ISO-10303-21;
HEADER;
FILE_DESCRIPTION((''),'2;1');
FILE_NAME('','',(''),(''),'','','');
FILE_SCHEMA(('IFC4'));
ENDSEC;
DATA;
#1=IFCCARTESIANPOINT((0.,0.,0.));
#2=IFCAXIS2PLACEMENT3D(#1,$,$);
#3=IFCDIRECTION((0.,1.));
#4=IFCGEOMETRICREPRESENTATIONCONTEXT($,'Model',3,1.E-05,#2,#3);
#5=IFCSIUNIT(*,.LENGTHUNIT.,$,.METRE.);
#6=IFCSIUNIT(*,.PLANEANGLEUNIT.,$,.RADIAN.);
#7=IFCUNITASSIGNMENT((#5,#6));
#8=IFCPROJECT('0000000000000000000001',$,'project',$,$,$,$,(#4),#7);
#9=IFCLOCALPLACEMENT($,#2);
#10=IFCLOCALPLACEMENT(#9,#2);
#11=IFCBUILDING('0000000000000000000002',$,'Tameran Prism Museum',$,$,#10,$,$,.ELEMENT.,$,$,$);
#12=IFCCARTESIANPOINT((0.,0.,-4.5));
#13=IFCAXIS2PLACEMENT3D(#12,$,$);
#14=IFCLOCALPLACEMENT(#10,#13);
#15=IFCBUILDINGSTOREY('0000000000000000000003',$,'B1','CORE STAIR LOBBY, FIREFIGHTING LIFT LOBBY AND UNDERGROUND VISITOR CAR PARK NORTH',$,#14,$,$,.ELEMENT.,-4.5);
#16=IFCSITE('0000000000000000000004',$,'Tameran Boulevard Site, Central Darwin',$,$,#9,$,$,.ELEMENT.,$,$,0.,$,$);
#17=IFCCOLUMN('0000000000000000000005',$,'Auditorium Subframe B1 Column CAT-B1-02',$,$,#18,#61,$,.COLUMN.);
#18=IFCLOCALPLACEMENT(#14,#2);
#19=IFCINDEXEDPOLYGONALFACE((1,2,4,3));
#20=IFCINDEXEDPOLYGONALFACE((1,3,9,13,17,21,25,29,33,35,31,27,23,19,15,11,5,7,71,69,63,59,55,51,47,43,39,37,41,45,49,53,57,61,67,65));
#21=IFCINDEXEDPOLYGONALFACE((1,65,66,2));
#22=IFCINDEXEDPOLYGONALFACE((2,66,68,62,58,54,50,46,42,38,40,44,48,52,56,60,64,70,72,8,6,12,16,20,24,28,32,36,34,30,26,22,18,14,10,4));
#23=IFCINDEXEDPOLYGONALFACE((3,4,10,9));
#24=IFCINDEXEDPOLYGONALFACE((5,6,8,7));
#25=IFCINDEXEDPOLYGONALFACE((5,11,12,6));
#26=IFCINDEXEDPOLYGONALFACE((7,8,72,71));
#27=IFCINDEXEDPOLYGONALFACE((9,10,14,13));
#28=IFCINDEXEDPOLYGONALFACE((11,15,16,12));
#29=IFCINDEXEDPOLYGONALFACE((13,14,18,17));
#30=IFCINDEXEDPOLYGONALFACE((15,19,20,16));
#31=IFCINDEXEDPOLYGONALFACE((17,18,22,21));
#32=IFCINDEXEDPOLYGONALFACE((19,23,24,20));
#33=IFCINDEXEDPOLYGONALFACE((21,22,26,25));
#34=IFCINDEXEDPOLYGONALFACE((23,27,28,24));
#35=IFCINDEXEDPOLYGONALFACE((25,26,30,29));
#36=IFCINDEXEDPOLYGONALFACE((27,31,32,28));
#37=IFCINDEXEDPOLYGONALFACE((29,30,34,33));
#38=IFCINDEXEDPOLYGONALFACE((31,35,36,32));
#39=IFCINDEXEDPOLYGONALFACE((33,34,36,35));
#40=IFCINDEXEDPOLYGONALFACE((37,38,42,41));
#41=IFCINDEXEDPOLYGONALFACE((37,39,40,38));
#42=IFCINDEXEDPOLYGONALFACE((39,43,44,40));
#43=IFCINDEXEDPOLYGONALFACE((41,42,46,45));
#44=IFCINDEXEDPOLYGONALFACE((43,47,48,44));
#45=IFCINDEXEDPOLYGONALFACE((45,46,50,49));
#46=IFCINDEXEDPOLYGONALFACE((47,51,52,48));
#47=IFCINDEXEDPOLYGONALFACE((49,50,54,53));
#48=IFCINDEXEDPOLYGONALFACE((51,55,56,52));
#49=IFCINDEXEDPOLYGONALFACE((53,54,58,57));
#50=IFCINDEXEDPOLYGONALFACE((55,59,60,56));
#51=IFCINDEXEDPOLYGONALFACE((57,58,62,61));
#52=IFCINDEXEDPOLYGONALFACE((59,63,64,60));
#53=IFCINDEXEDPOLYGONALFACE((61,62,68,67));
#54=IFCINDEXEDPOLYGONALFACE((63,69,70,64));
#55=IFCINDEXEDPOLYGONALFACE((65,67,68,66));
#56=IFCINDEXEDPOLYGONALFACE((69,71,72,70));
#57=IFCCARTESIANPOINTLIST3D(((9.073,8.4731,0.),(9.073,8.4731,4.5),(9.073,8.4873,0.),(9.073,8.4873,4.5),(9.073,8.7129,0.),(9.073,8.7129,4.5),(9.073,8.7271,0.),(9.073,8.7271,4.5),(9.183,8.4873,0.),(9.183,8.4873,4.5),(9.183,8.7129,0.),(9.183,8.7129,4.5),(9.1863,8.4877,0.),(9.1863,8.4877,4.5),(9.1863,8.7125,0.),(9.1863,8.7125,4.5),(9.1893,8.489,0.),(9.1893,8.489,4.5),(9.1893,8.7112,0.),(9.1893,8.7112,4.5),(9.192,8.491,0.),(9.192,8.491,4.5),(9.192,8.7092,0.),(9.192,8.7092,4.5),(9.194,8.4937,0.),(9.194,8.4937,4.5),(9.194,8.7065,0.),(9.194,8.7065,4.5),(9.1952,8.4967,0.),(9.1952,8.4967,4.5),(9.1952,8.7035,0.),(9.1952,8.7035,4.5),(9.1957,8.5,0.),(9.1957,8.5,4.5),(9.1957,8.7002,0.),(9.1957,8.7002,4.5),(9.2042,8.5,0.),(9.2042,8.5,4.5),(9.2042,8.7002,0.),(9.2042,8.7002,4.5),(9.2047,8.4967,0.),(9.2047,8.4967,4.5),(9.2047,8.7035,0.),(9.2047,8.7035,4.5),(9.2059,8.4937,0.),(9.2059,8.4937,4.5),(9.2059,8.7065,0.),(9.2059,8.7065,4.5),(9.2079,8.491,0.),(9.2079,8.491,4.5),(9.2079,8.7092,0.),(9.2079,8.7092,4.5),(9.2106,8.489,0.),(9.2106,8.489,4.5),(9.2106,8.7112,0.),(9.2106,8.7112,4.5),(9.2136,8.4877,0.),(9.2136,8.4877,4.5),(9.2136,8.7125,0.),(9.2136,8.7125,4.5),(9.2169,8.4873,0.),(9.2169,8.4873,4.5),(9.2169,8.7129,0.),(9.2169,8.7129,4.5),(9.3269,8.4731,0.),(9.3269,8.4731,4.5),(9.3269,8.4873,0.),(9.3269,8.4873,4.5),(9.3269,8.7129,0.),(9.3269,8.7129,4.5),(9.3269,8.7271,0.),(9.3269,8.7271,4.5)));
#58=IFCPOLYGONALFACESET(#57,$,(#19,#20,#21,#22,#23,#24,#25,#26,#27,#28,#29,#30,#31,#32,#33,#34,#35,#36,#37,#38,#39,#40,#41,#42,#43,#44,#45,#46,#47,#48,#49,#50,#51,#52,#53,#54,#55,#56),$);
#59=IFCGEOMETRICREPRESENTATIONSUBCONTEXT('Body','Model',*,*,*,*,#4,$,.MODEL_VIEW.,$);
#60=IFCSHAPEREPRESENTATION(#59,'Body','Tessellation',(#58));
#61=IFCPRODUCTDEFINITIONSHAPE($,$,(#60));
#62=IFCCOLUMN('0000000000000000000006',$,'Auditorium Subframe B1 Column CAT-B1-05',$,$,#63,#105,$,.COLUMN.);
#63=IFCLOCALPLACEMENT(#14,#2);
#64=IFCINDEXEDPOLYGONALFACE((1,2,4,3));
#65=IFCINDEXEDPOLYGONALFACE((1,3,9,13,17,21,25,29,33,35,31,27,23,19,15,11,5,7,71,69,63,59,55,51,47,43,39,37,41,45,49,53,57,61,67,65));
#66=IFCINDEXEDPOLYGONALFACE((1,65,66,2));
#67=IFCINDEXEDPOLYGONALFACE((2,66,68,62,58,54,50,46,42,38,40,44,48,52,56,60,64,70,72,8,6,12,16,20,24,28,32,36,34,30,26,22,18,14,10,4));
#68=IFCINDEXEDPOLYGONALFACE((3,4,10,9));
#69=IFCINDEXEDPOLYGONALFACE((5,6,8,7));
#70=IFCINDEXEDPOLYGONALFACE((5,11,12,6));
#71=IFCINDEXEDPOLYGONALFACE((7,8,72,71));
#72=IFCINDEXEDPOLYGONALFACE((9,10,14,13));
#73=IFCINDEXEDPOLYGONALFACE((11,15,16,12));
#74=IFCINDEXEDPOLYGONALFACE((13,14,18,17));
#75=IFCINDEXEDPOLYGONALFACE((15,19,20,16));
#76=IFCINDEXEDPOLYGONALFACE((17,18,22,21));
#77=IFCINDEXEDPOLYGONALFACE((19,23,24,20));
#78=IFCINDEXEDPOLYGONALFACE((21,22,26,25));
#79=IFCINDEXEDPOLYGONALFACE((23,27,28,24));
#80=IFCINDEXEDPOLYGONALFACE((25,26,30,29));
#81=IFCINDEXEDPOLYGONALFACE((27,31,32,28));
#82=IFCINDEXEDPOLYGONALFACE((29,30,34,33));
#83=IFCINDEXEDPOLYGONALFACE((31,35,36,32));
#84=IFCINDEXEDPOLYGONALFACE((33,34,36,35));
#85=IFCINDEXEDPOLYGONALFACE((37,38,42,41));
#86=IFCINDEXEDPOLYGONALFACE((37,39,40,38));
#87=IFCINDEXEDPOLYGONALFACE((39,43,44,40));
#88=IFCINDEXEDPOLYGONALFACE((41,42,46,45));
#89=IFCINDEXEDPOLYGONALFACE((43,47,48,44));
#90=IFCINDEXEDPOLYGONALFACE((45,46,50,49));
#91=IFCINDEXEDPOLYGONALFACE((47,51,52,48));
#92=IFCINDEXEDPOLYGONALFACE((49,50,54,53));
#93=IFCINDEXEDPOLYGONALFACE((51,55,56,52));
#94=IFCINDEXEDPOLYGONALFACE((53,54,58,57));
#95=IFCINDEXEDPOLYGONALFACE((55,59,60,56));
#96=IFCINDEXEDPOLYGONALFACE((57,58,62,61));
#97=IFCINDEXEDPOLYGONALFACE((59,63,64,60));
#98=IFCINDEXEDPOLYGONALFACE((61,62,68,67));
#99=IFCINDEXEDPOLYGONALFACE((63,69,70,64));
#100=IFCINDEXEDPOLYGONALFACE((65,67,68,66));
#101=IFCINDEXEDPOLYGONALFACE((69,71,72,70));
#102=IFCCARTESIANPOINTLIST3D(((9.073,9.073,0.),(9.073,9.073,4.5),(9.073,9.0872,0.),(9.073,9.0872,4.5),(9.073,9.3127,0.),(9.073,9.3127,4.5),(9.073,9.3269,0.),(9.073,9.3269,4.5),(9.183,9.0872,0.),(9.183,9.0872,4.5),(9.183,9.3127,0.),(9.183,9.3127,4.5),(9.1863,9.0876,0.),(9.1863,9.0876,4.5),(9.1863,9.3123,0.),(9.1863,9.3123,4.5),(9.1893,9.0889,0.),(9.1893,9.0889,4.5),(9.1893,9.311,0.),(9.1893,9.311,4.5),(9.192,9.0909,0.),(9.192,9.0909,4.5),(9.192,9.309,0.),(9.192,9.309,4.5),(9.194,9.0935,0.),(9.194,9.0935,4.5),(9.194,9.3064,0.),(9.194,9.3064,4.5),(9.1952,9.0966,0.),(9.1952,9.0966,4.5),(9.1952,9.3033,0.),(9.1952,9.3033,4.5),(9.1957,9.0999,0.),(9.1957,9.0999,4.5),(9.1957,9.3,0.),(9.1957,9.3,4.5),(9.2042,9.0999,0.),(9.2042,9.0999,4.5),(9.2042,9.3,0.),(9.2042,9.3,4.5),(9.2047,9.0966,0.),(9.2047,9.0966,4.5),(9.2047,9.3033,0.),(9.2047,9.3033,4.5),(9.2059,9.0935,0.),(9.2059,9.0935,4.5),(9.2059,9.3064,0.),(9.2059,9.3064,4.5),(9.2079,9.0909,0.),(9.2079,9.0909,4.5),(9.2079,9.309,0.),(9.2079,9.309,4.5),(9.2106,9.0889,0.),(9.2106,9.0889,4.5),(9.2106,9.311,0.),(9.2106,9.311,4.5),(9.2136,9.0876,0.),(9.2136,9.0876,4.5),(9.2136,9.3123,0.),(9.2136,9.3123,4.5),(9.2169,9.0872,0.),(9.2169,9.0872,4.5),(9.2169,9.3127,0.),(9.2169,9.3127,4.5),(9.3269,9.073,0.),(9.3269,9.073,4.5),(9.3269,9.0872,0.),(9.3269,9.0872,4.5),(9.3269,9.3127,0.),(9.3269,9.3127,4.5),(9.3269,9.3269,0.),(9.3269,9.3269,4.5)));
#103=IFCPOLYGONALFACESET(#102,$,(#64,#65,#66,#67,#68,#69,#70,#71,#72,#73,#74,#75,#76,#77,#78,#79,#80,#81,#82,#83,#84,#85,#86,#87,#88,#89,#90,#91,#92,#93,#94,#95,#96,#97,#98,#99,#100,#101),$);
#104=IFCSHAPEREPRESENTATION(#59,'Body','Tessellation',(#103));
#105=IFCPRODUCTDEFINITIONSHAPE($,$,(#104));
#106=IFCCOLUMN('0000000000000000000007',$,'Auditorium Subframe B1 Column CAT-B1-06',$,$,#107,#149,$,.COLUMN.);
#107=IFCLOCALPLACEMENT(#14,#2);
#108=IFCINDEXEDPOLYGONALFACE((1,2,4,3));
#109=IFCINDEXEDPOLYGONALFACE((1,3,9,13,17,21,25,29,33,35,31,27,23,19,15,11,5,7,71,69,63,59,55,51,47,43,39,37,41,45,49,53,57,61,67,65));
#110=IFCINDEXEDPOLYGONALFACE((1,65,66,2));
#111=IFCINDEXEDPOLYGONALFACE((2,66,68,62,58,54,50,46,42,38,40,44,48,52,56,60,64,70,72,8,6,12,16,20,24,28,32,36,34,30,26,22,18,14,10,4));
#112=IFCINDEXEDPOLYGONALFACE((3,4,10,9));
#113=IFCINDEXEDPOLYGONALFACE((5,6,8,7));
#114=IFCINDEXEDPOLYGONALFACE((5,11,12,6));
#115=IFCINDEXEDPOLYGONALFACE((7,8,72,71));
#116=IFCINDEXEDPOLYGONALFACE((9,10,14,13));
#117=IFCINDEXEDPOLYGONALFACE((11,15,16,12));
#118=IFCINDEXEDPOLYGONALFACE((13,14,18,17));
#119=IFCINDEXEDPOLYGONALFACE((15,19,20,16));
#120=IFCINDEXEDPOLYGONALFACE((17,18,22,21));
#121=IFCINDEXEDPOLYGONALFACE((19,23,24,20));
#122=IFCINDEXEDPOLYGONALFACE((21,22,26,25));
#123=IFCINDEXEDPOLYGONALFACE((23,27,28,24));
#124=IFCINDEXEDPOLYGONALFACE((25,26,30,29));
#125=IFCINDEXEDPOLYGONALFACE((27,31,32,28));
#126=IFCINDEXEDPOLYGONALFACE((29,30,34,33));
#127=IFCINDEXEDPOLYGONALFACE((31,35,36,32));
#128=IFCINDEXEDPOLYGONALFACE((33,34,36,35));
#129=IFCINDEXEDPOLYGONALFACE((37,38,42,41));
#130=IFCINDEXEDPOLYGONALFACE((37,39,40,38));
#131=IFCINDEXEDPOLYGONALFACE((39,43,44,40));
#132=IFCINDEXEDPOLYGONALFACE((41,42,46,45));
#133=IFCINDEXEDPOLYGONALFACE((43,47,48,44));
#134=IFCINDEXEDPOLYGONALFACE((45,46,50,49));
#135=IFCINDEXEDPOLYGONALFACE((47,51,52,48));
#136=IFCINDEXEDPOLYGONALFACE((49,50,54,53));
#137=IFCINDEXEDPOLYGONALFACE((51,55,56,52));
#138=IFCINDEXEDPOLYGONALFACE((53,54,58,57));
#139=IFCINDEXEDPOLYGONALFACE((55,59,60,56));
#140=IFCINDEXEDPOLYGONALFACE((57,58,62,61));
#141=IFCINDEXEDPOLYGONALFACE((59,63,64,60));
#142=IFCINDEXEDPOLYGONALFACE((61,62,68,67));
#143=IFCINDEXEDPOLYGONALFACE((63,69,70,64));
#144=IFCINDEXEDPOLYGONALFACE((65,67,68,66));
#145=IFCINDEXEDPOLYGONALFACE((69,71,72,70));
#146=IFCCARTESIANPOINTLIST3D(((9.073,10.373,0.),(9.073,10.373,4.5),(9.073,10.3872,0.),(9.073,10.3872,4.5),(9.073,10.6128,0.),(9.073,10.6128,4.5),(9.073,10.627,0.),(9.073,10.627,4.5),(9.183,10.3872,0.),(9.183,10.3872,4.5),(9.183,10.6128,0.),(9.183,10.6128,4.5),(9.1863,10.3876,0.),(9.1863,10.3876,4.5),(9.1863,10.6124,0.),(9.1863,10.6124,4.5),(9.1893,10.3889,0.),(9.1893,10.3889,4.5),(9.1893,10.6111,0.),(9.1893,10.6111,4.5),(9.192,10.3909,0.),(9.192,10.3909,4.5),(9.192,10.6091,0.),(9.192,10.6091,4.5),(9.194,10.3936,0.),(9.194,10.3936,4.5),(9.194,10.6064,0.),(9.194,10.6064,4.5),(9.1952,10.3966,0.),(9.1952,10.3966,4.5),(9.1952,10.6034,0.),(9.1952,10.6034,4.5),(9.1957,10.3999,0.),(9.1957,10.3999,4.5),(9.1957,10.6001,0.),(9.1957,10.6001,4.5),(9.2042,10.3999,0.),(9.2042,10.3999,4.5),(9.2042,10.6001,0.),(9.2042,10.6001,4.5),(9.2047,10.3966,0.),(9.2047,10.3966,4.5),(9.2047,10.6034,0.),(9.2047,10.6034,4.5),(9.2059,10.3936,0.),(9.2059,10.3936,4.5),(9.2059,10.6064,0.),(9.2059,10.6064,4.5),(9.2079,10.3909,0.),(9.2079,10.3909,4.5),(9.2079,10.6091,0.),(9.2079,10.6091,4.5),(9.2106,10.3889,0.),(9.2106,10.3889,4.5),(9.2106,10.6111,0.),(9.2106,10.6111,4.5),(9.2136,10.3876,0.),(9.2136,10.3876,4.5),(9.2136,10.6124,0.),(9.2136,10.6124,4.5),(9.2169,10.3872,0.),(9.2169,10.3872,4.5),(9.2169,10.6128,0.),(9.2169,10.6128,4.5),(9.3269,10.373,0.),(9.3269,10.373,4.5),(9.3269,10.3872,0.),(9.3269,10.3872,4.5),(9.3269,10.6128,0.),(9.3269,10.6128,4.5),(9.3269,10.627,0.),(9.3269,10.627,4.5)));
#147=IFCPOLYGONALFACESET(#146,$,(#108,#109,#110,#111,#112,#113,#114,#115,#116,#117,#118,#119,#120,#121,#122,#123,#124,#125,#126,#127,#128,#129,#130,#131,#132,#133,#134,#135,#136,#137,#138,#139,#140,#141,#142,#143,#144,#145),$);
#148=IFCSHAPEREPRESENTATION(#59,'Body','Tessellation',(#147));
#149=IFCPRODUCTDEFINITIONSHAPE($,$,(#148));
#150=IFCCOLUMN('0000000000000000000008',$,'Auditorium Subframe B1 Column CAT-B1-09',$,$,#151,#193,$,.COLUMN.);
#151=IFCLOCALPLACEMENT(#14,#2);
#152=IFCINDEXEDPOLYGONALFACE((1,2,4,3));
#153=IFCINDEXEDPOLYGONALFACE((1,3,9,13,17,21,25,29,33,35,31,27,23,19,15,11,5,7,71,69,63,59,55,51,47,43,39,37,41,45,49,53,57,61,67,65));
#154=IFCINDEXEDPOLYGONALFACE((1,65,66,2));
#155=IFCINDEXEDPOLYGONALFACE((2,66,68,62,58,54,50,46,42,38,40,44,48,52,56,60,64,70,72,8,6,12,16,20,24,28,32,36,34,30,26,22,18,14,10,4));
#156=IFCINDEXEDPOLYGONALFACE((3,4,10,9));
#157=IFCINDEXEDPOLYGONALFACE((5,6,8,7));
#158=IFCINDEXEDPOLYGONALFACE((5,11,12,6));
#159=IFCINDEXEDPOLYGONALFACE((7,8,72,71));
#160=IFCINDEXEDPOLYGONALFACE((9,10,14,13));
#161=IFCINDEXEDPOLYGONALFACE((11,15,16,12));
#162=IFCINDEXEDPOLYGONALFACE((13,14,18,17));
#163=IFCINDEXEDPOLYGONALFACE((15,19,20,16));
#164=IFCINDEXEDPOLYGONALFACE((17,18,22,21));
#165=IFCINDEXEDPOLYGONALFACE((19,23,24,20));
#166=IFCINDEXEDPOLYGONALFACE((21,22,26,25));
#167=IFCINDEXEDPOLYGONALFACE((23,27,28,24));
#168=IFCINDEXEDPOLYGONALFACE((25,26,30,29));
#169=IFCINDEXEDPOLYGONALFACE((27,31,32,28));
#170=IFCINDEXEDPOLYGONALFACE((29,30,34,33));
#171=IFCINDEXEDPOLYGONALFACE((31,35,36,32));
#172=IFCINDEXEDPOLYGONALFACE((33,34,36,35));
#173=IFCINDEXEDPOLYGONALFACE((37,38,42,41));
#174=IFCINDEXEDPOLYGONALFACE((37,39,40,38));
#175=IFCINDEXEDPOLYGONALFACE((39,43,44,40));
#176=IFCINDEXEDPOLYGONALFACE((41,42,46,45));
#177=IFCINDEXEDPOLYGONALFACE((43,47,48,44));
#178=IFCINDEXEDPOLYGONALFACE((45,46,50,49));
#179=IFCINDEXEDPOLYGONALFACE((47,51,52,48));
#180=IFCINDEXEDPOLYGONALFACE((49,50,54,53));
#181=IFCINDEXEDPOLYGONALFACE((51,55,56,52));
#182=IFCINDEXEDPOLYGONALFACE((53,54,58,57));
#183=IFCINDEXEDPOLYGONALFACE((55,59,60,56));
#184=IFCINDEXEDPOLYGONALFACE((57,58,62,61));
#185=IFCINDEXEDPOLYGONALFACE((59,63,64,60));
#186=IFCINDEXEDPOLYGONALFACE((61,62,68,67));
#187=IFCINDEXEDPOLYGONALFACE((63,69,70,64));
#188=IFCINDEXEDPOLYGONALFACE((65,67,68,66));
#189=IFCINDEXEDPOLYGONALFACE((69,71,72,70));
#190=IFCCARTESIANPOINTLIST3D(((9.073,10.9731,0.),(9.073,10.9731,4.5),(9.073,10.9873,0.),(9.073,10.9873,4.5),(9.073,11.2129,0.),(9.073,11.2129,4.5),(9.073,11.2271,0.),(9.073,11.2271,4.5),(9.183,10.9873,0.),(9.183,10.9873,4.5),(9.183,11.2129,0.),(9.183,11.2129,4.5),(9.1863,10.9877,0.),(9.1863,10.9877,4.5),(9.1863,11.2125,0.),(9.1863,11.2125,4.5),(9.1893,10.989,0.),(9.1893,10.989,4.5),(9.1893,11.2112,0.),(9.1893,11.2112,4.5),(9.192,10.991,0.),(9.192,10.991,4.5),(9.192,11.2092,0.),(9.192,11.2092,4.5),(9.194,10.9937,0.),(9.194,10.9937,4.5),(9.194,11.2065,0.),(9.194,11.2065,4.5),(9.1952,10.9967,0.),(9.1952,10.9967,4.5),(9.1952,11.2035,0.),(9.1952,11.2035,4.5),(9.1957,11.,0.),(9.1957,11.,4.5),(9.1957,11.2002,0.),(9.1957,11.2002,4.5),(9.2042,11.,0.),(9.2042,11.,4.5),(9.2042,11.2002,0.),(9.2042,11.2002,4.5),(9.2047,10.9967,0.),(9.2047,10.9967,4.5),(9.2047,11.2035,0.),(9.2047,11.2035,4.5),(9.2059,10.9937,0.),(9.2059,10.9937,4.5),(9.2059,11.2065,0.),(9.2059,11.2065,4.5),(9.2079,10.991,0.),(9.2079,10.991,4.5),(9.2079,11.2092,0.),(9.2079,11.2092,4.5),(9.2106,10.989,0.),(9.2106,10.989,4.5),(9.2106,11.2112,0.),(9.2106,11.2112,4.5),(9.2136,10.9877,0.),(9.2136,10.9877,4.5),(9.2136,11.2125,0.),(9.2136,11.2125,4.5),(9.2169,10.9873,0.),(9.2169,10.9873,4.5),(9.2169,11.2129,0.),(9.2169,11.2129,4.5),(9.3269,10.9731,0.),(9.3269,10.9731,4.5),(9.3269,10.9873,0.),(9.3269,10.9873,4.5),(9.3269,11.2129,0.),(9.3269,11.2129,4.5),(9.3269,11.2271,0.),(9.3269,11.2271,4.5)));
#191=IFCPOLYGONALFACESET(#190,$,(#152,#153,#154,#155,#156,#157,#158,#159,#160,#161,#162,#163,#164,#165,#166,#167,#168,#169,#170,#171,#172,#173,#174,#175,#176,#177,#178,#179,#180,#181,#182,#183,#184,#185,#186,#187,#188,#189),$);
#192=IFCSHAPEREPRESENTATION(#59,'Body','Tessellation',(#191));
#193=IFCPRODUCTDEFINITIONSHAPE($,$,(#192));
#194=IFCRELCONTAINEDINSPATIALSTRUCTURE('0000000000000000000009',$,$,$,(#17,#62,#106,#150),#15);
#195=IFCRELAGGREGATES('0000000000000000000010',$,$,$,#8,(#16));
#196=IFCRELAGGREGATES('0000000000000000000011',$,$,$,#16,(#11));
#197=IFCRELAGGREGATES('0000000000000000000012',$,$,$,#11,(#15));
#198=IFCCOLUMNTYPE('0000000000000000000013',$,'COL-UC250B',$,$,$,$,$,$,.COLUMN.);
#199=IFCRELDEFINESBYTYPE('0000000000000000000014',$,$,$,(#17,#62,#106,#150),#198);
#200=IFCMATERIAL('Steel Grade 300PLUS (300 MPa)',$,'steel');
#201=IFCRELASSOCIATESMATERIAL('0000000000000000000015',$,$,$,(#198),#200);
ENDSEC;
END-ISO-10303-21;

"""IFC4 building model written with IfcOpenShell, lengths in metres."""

from ifc_helpers import new_model, si_unit, direction, frame, origin, origin_2d, place, context, subcontext, project, spatial, i_section, extrude, material, material_profile, profile_set, type_object, element, save


model = new_model("IFC4")

# Units and contexts
model_context = context("Model", 3, precision=1e-05, world=origin(), true_north=direction((0.0, 1.0)))
body_context = subcontext(model_context, "Body", "Model", "MODEL_VIEW")
ifc_project = project(units=[si_unit("LENGTHUNIT", "METRE"), si_unit("PLANEANGLEUNIT", "RADIAN")], contexts=[model_context])

# Site, building, storey
site_placement = place(None, origin())
site = spatial("IfcSite", under=ifc_project, at=site_placement, Name="Tameran Boulevard Site, Central Darwin", CompositionType="ELEMENT", RefElevation=0.0)
building_placement = place(site_placement, origin())
building = spatial("IfcBuilding", under=site, at=building_placement, Name="Tameran Prism Museum", CompositionType="ELEMENT")
storey_placement = place(building_placement, frame((0.0, 0.0, -4.5)))
storey = spatial("IfcBuildingStorey", under=building, at=storey_placement, Name="B1", Description="CORE STAIR LOBBY, FIREFIGHTING LIFT LOBBY AND UNDERGROUND VISITOR CAR PARK NORTH", CompositionType="ELEMENT", Elevation=-4.5)

# Columns
ifc_material_1 = material(Name="Steel Grade 300PLUS (300 MPa)", Category="steel")
ifc_material_profile_1 = material_profile(ifc_material_1, i_section(OverallWidth=0.2539, OverallDepth=0.2539, WebThickness=0.0085, FlangeThickness=0.0142, FilletRadius=0.0127, at=origin_2d()))
ifc_profile_set_1 = profile_set([ifc_material_profile_1])
column_type_1 = type_object("IfcColumnType", Name="COL-UC250B", PredefinedType="COLUMN", material=ifc_profile_set_1)
for number, where, z_axis, x_axis, name in (
    (1, (9.2, 8.6001, 0.0), (0.0, 0.0, 1.0), (1.0, 0.0, 0.0), "Auditorium Subframe B1 Column CAT-B1-02"),
    (2, (9.2, 9.2, 0.0), (0.0, 0.0, 1.0), (1.0, 0.0, 0.0), "Auditorium Subframe B1 Column CAT-B1-05"),
    (3, (9.2, 10.5, 0.0), (0.0, 0.0, 1.0), (1.0, 0.0, 0.0), "Auditorium Subframe B1 Column CAT-B1-06"),
    (4, (9.2, 11.1001, 0.0), (0.0, 0.0, 1.0), (1.0, 0.0, 0.0), "Auditorium Subframe B1 Column CAT-B1-09"),
):
    element("IfcColumn", number, at=place(storey_placement, frame(where, z_axis=z_axis, x_axis=x_axis)), inside=storey, type_object=column_type_1, Name=name, PredefinedType="COLUMN", context=body_context, shape_type="SweptSolid", body=[
        extrude(i_section(OverallWidth=0.2539, OverallDepth=0.2539, WebThickness=0.0085, FlangeThickness=0.0142, FilletRadius=0.0127, at=origin_2d()), origin(), (0.0, 0.0, 1.0), 4.5),
    ])

save(model, "model.ifc")
